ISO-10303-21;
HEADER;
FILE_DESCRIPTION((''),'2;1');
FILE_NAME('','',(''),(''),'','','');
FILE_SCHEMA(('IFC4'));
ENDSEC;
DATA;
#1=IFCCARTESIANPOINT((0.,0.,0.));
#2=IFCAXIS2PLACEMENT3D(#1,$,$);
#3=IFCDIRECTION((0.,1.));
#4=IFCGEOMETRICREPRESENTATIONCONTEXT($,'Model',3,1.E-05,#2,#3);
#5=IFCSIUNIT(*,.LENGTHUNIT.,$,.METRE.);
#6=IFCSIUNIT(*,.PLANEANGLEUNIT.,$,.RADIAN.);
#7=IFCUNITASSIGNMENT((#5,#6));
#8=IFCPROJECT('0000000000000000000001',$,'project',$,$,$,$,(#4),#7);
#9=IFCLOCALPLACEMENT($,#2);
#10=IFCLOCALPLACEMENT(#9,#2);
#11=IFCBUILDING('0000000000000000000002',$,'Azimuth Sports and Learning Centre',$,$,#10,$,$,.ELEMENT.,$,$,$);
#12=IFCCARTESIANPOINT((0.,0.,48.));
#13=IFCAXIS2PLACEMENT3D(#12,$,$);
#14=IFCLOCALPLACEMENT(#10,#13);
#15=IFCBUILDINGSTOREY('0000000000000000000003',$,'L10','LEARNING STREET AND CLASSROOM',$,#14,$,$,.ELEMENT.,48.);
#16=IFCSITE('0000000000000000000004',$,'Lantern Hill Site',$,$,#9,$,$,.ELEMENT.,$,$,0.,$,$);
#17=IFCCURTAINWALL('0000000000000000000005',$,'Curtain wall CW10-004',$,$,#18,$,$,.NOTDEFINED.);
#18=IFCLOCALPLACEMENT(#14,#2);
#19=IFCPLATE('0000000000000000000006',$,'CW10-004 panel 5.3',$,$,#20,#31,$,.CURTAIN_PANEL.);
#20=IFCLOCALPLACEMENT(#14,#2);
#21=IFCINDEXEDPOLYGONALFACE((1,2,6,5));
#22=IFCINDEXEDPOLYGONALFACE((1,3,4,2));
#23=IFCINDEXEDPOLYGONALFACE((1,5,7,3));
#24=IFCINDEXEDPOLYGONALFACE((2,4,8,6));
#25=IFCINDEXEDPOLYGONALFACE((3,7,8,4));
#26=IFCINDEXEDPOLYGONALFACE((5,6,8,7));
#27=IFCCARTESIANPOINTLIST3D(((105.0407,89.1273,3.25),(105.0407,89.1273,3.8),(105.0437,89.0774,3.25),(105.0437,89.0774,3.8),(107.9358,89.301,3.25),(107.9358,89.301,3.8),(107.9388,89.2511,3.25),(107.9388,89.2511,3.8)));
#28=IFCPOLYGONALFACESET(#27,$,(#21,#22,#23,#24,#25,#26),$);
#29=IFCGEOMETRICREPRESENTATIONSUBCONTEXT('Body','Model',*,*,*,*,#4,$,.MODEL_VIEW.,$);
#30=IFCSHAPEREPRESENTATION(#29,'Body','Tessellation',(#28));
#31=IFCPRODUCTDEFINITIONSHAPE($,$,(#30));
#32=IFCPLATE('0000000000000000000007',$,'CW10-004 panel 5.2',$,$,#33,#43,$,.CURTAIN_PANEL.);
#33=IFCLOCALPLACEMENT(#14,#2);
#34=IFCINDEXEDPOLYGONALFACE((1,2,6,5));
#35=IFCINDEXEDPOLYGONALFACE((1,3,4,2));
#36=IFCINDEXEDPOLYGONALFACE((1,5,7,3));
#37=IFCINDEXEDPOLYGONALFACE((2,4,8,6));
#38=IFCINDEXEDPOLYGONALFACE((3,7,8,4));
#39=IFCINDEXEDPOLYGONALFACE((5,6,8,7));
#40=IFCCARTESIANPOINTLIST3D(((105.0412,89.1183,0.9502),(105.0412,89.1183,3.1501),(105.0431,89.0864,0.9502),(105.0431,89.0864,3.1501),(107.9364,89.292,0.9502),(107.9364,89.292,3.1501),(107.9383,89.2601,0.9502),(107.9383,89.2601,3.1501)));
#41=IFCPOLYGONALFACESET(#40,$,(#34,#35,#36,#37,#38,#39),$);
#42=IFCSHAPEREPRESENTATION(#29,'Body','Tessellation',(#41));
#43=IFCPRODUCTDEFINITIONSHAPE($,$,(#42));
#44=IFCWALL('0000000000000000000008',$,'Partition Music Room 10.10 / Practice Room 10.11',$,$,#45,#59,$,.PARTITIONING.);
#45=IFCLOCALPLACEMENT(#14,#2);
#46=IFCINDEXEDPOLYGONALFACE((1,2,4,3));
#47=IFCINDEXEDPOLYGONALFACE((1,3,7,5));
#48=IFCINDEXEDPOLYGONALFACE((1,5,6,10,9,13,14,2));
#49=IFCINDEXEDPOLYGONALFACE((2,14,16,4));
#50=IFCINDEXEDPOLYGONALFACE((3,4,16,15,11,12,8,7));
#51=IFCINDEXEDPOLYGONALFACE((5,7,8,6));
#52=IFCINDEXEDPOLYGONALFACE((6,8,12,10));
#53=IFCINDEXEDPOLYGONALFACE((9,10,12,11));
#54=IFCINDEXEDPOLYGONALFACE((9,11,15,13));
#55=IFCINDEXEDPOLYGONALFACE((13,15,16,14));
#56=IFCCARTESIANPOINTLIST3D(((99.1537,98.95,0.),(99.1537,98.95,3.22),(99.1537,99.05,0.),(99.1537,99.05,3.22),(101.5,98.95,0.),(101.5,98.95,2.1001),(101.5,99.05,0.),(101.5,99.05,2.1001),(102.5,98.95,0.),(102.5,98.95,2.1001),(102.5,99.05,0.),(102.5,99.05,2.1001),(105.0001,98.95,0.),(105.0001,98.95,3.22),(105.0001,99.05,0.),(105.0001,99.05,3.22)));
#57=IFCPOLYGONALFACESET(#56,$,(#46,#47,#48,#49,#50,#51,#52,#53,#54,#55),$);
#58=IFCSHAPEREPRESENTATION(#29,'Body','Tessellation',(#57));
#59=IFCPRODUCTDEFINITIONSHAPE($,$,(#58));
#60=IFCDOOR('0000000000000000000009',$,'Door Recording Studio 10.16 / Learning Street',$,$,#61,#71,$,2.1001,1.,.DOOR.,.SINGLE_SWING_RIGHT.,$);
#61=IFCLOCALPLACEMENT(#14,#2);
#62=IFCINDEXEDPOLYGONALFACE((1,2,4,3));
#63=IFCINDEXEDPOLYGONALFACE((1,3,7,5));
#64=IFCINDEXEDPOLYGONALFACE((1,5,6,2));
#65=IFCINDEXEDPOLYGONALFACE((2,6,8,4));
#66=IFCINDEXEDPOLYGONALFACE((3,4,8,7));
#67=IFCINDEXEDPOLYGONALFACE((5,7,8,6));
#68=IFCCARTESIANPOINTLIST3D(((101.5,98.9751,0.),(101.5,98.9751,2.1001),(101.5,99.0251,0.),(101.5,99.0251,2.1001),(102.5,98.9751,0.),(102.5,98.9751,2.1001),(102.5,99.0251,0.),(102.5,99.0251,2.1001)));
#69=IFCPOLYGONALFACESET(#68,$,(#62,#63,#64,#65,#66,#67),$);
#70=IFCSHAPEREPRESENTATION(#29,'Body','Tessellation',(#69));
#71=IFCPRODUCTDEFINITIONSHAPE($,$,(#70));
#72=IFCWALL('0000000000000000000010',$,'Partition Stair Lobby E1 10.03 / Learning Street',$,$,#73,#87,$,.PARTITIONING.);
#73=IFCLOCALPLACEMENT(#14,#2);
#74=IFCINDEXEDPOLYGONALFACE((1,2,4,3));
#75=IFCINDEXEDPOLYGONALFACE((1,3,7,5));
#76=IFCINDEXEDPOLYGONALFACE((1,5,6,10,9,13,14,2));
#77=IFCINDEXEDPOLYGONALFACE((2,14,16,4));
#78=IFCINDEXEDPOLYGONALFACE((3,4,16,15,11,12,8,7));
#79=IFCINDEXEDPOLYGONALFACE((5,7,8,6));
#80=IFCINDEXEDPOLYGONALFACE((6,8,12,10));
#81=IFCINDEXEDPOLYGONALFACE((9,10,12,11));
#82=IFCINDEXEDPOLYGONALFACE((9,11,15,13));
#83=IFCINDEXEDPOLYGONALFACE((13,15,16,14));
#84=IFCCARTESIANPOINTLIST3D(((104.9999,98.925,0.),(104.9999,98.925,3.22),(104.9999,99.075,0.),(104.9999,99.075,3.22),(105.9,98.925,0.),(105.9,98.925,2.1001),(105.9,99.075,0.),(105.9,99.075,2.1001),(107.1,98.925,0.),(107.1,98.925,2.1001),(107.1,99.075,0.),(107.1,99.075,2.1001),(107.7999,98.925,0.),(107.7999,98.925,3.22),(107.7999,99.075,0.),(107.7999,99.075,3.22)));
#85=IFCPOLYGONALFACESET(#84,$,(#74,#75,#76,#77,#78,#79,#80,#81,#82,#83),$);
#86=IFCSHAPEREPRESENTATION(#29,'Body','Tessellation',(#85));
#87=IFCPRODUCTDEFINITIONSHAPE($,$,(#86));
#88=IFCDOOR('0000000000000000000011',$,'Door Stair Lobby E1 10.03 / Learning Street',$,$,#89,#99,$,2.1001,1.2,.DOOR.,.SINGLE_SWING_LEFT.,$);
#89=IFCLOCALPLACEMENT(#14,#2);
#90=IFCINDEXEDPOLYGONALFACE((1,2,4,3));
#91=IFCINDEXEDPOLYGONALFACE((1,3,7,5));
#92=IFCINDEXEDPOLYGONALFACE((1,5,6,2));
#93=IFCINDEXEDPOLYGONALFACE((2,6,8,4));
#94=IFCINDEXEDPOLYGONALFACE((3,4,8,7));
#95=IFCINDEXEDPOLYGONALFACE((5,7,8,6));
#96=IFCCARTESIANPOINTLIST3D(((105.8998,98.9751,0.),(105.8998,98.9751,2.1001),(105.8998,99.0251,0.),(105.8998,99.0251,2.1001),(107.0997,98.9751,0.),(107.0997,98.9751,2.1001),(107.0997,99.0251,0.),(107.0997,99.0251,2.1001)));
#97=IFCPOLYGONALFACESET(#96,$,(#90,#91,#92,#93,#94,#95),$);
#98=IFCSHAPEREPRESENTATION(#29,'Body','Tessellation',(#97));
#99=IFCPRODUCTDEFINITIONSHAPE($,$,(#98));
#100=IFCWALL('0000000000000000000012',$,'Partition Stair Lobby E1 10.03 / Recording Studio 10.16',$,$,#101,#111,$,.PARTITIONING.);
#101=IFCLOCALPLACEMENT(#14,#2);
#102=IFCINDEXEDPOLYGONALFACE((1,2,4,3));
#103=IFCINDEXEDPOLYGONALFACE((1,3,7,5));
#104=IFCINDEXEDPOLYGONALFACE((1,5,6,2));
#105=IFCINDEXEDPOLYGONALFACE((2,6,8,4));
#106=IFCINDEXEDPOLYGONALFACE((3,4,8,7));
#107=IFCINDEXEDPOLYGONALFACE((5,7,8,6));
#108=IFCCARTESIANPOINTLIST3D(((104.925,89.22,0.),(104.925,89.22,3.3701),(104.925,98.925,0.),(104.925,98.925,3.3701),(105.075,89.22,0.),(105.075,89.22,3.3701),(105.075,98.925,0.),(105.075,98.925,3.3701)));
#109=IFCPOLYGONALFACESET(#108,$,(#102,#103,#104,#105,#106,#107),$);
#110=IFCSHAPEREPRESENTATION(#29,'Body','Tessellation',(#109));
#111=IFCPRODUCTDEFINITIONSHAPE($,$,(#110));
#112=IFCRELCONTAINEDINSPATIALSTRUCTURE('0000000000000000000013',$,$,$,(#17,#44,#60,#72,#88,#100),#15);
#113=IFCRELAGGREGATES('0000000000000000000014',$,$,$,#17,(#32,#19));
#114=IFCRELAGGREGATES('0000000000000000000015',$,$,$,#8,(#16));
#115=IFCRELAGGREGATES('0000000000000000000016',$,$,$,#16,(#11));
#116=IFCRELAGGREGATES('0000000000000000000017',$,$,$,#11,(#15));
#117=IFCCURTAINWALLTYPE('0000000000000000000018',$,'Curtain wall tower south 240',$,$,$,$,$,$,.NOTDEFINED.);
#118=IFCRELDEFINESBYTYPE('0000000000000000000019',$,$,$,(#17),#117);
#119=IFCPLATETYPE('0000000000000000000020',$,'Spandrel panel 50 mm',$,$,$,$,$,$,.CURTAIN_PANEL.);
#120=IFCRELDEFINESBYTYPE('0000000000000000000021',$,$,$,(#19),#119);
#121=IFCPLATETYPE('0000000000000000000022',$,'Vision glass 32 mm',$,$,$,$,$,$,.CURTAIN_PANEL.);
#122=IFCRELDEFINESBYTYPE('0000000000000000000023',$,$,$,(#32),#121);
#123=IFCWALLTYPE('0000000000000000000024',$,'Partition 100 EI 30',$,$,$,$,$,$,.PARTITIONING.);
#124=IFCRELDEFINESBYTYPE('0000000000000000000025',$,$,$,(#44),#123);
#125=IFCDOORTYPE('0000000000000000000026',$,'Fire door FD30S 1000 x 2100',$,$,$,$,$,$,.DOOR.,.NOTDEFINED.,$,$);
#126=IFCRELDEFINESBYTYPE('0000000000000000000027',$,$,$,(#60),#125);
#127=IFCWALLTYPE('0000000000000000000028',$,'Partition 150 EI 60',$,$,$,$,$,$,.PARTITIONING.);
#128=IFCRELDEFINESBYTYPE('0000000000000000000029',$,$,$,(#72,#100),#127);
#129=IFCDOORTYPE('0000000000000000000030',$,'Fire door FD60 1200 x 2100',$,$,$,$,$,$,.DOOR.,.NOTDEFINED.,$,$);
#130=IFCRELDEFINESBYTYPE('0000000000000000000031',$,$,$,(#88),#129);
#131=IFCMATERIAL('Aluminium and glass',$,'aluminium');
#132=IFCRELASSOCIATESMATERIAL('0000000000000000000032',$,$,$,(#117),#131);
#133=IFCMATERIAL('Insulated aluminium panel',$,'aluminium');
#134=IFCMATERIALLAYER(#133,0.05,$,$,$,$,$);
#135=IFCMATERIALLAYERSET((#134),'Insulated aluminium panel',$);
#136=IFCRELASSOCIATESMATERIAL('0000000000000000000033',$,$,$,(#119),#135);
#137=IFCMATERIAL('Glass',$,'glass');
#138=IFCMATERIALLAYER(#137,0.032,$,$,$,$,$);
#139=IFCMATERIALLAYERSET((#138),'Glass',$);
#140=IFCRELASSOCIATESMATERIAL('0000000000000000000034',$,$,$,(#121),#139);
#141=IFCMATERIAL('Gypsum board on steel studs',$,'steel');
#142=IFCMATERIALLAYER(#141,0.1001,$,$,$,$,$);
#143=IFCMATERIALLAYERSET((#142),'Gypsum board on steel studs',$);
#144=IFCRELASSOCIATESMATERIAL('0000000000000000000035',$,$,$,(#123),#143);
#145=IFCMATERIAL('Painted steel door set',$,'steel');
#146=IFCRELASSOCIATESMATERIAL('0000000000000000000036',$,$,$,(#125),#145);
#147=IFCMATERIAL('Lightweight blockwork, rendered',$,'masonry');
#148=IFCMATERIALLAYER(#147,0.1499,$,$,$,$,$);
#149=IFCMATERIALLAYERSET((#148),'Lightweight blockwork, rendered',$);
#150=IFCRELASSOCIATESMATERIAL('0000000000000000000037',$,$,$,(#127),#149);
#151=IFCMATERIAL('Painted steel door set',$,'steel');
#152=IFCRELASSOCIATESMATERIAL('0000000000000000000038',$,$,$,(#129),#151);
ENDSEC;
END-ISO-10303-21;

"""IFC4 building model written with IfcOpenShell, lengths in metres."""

from ifc_helpers import new_model, si_unit, direction, frame, frame_2d, origin, origin_2d, place, context, subcontext, project, spatial, rectangle, extrude, material, layer, layer_set, type_object, element, fill, aggregate, save


model = new_model("IFC4")

# Units and contexts
model_context = context("Model", 3, precision=1e-05, world=origin(), true_north=direction((0.0, 1.0)))
body_context = subcontext(model_context, "Body", "Model", "MODEL_VIEW")
ifc_project = project(units=[si_unit("LENGTHUNIT", "METRE"), si_unit("PLANEANGLEUNIT", "RADIAN")], contexts=[model_context])

# Site, building, storey
site_placement = place(None, origin())
site = spatial("IfcSite", under=ifc_project, at=site_placement, Name="Lantern Hill Site", CompositionType="ELEMENT", RefElevation=0.0)
building_placement = place(site_placement, origin())
building = spatial("IfcBuilding", under=site, at=building_placement, Name="Azimuth Sports and Learning Centre", CompositionType="ELEMENT")
storey_placement = place(building_placement, frame((0.0, 0.0, 48.0)))
storey = spatial("IfcBuildingStorey", under=building, at=storey_placement, Name="L10", Description="LEARNING STREET AND CLASSROOM", CompositionType="ELEMENT", Elevation=48.0)

# Curtain wall
ifc_material_1 = material(Name="Aluminium and glass", Category="aluminium")
curtain_wall_type_1 = type_object("IfcCurtainWallType", Name="Curtain wall tower south 240", PredefinedType="NOTDEFINED", material=ifc_material_1)
curtain_wall_1_placement = place(storey_placement, origin())
curtain_wall_1 = element("IfcCurtainWall", 1, at=curtain_wall_1_placement, inside=storey, type_object=curtain_wall_type_1, Name="Curtain wall CW10-004", PredefinedType="NOTDEFINED")

# Plates
ifc_material_2 = material(Name="Insulated aluminium panel", Category="aluminium")
ifc_layer_1 = layer(ifc_material_2, 0.05)
ifc_layer_set_1 = layer_set([ifc_layer_1], Name="Insulated aluminium panel")
plate_type_1 = type_object("IfcPlateType", Name="Spandrel panel 50 mm", PredefinedType="CURTAIN_PANEL", material=ifc_layer_set_1)
plate_1_placement = place(storey_placement, frame((106.4897, 89.1892, 3.25), z_axis=(0.0, 0.0, 1.0), x_axis=(0.998205, 0.059892, 0.0)))
plate_1 = element("IfcPlate", 2, at=plate_1_placement, type_object=plate_type_1, Name="CW10-004 panel 5.3", PredefinedType="CURTAIN_PANEL", context=body_context, shape_type="SweptSolid", body=[
    extrude(rectangle(XDim=2.9004, YDim=0.05, at=origin_2d()), origin(), (0.0, 0.0, 1.0), 0.55),
])
ifc_material_3 = material(Name="Glass", Category="glass")
ifc_layer_2 = layer(ifc_material_3, 0.032)
ifc_layer_set_2 = layer_set([ifc_layer_2], Name="Glass")
plate_type_2 = type_object("IfcPlateType", Name="Vision glass 32 mm", PredefinedType="CURTAIN_PANEL", material=ifc_layer_set_2)
plate_2_placement = place(storey_placement, frame((106.4897, 89.1892, 0.9502), z_axis=(0.0, 0.0, 1.0), x_axis=(0.998205, 0.059892, 0.0)))
plate_2 = element("IfcPlate", 3, at=plate_2_placement, type_object=plate_type_2, Name="CW10-004 panel 5.2", PredefinedType="CURTAIN_PANEL", context=body_context, shape_type="SweptSolid", body=[
    extrude(rectangle(XDim=2.9004, YDim=0.032, at=origin_2d()), origin(), (0.0, 0.0, 1.0), 2.2),
])
aggregate(curtain_wall_1, [plate_2, plate_1])

# Walls, openings, doors
ifc_material_4 = material(Name="Gypsum board on steel studs", Category="steel")
ifc_layer_3 = layer(ifc_material_4, 0.1001)
ifc_layer_set_3 = layer_set([ifc_layer_3], Name="Gypsum board on steel studs")
wall_type_1 = type_object("IfcWallType", Name="Partition 100 EI 30", PredefinedType="PARTITIONING", material=ifc_layer_set_3)
wall_1_placement = place(storey_placement, frame((99.1536, 99.0, 0.0), z_axis=(0.0, 0.0, 1.0), x_axis=(1.0, 0.0, 0.0)))
wall_1 = element("IfcWall", 4, at=wall_1_placement, inside=storey, type_object=wall_type_1, Name="Partition Music Room 10.10 / Practice Room 10.11", PredefinedType="PARTITIONING", context=body_context, shape_type="SweptSolid", body=[
    extrude(rectangle(XDim=5.8464, YDim=0.1001, at=frame_2d((2.9233, 0.0))), origin(), (0.0, 0.0, 1.0), 3.22),
])
opening_1_placement = place(wall_1_placement, frame((2.3464, 0.0, 0.0)))
opening_1 = element("IfcOpeningElement", 5, at=opening_1_placement, cuts=wall_1, PredefinedType="OPENING", context=body_context, shape_type="SweptSolid", body=[
    extrude(rectangle(XDim=1.0, YDim=2.1001, at=frame_2d((0.5, 1.05))), frame((0.0, 0.061, 0.0), z_axis=(0.0, -1.0, 0.0), x_axis=(1.0, 0.0, 0.0)), (0.0, 0.0, 1.0), 0.1221),
])
ifc_material_5 = material(Name="Painted steel door set", Category="steel")
door_type_1 = type_object("IfcDoorType", Name="Fire door FD30S 1000 x 2100", OperationType="NOTDEFINED", PredefinedType="DOOR", material=ifc_material_5)
door_1_placement = place(opening_1_placement, frame((1.0, 0.0, 0.0), z_axis=(0.0, 0.0, 1.0), x_axis=(-1.0, 0.0, 0.0)))
door_1 = element("IfcDoor", 6, at=door_1_placement, inside=storey, type_object=door_type_1, Name="Door Recording Studio 10.16 / Learning Street", OperationType="SINGLE_SWING_RIGHT", OverallHeight=2.1001, OverallWidth=1.0, PredefinedType="DOOR", context=body_context, shape_type="SweptSolid", body=[
    extrude(rectangle(XDim=1.0, YDim=2.1001, at=frame_2d((0.5, 1.05))), frame((0.0, 0.0249, 0.0), z_axis=(0.0, -1.0, 0.0), x_axis=(1.0, 0.0, 0.0)), (0.0, 0.0, 1.0), 0.05),
])
fill(opening_1, door_1)
ifc_material_6 = material(Name="Lightweight blockwork, rendered", Category="masonry")
ifc_layer_4 = layer(ifc_material_6, 0.1499)
ifc_layer_set_4 = layer_set([ifc_layer_4], Name="Lightweight blockwork, rendered")
wall_type_2 = type_object("IfcWallType", Name="Partition 150 EI 60", PredefinedType="PARTITIONING", material=ifc_layer_set_4)
wall_2_placement = place(storey_placement, frame((105.0, 99.0, 0.0), z_axis=(0.0, 0.0, 1.0), x_axis=(1.0, 0.0, 0.0)))
wall_2 = element("IfcWall", 7, at=wall_2_placement, inside=storey, type_object=wall_type_2, Name="Partition Stair Lobby E1 10.03 / Learning Street", PredefinedType="PARTITIONING", context=body_context, shape_type="SweptSolid", body=[
    extrude(rectangle(XDim=2.8, YDim=0.1499, at=frame_2d((1.3999, 0.0))), origin(), (0.0, 0.0, 1.0), 3.22),
])
opening_2_placement = place(wall_2_placement, frame((0.8999, 0.0, 0.0)))
opening_2 = element("IfcOpeningElement", 8, at=opening_2_placement, cuts=wall_2, PredefinedType="OPENING", context=body_context, shape_type="SweptSolid", body=[
    extrude(rectangle(XDim=1.2, YDim=2.1001, at=frame_2d((0.6001, 1.05))), frame((0.0, 0.0859, 0.0), z_axis=(0.0, -1.0, 0.0), x_axis=(1.0, 0.0, 0.0)), (0.0, 0.0, 1.0), 0.1719),
])
ifc_material_7 = material(Name="Painted steel door set", Category="steel")
door_type_2 = type_object("IfcDoorType", Name="Fire door FD60 1200 x 2100", OperationType="NOTDEFINED", PredefinedType="DOOR", material=ifc_material_7)
door_2_placement = place(opening_2_placement, frame((1.2, 0.0, 0.0), z_axis=(0.0, 0.0, 1.0), x_axis=(-1.0, 0.0, 0.0)))
door_2 = element("IfcDoor", 9, at=door_2_placement, inside=storey, type_object=door_type_2, Name="Door Stair Lobby E1 10.03 / Learning Street", OperationType="SINGLE_SWING_LEFT", OverallHeight=2.1001, OverallWidth=1.2, PredefinedType="DOOR", context=body_context, shape_type="SweptSolid", body=[
    extrude(rectangle(XDim=1.2, YDim=2.1001, at=frame_2d((0.6001, 1.05))), frame((0.0, 0.0249, 0.0), z_axis=(0.0, -1.0, 0.0), x_axis=(1.0, 0.0, 0.0)), (0.0, 0.0, 1.0), 0.05),
])
fill(opening_2, door_2)

# Wall
wall_3_placement = place(storey_placement, frame((105.0, 89.22, 0.0), z_axis=(0.0, 0.0, 1.0), x_axis=(0.0, 1.0, 0.0)))
element("IfcWall", 10, at=wall_3_placement, inside=storey, type_object=wall_type_2, Name="Partition Stair Lobby E1 10.03 / Recording Studio 10.16", PredefinedType="PARTITIONING", context=body_context, shape_type="SweptSolid", body=[
    extrude(rectangle(XDim=9.7051, YDim=0.1499, at=frame_2d((4.8525, 0.0))), origin(), (0.0, 0.0, 1.0), 3.3701),
])

save(model, "model.ifc")
